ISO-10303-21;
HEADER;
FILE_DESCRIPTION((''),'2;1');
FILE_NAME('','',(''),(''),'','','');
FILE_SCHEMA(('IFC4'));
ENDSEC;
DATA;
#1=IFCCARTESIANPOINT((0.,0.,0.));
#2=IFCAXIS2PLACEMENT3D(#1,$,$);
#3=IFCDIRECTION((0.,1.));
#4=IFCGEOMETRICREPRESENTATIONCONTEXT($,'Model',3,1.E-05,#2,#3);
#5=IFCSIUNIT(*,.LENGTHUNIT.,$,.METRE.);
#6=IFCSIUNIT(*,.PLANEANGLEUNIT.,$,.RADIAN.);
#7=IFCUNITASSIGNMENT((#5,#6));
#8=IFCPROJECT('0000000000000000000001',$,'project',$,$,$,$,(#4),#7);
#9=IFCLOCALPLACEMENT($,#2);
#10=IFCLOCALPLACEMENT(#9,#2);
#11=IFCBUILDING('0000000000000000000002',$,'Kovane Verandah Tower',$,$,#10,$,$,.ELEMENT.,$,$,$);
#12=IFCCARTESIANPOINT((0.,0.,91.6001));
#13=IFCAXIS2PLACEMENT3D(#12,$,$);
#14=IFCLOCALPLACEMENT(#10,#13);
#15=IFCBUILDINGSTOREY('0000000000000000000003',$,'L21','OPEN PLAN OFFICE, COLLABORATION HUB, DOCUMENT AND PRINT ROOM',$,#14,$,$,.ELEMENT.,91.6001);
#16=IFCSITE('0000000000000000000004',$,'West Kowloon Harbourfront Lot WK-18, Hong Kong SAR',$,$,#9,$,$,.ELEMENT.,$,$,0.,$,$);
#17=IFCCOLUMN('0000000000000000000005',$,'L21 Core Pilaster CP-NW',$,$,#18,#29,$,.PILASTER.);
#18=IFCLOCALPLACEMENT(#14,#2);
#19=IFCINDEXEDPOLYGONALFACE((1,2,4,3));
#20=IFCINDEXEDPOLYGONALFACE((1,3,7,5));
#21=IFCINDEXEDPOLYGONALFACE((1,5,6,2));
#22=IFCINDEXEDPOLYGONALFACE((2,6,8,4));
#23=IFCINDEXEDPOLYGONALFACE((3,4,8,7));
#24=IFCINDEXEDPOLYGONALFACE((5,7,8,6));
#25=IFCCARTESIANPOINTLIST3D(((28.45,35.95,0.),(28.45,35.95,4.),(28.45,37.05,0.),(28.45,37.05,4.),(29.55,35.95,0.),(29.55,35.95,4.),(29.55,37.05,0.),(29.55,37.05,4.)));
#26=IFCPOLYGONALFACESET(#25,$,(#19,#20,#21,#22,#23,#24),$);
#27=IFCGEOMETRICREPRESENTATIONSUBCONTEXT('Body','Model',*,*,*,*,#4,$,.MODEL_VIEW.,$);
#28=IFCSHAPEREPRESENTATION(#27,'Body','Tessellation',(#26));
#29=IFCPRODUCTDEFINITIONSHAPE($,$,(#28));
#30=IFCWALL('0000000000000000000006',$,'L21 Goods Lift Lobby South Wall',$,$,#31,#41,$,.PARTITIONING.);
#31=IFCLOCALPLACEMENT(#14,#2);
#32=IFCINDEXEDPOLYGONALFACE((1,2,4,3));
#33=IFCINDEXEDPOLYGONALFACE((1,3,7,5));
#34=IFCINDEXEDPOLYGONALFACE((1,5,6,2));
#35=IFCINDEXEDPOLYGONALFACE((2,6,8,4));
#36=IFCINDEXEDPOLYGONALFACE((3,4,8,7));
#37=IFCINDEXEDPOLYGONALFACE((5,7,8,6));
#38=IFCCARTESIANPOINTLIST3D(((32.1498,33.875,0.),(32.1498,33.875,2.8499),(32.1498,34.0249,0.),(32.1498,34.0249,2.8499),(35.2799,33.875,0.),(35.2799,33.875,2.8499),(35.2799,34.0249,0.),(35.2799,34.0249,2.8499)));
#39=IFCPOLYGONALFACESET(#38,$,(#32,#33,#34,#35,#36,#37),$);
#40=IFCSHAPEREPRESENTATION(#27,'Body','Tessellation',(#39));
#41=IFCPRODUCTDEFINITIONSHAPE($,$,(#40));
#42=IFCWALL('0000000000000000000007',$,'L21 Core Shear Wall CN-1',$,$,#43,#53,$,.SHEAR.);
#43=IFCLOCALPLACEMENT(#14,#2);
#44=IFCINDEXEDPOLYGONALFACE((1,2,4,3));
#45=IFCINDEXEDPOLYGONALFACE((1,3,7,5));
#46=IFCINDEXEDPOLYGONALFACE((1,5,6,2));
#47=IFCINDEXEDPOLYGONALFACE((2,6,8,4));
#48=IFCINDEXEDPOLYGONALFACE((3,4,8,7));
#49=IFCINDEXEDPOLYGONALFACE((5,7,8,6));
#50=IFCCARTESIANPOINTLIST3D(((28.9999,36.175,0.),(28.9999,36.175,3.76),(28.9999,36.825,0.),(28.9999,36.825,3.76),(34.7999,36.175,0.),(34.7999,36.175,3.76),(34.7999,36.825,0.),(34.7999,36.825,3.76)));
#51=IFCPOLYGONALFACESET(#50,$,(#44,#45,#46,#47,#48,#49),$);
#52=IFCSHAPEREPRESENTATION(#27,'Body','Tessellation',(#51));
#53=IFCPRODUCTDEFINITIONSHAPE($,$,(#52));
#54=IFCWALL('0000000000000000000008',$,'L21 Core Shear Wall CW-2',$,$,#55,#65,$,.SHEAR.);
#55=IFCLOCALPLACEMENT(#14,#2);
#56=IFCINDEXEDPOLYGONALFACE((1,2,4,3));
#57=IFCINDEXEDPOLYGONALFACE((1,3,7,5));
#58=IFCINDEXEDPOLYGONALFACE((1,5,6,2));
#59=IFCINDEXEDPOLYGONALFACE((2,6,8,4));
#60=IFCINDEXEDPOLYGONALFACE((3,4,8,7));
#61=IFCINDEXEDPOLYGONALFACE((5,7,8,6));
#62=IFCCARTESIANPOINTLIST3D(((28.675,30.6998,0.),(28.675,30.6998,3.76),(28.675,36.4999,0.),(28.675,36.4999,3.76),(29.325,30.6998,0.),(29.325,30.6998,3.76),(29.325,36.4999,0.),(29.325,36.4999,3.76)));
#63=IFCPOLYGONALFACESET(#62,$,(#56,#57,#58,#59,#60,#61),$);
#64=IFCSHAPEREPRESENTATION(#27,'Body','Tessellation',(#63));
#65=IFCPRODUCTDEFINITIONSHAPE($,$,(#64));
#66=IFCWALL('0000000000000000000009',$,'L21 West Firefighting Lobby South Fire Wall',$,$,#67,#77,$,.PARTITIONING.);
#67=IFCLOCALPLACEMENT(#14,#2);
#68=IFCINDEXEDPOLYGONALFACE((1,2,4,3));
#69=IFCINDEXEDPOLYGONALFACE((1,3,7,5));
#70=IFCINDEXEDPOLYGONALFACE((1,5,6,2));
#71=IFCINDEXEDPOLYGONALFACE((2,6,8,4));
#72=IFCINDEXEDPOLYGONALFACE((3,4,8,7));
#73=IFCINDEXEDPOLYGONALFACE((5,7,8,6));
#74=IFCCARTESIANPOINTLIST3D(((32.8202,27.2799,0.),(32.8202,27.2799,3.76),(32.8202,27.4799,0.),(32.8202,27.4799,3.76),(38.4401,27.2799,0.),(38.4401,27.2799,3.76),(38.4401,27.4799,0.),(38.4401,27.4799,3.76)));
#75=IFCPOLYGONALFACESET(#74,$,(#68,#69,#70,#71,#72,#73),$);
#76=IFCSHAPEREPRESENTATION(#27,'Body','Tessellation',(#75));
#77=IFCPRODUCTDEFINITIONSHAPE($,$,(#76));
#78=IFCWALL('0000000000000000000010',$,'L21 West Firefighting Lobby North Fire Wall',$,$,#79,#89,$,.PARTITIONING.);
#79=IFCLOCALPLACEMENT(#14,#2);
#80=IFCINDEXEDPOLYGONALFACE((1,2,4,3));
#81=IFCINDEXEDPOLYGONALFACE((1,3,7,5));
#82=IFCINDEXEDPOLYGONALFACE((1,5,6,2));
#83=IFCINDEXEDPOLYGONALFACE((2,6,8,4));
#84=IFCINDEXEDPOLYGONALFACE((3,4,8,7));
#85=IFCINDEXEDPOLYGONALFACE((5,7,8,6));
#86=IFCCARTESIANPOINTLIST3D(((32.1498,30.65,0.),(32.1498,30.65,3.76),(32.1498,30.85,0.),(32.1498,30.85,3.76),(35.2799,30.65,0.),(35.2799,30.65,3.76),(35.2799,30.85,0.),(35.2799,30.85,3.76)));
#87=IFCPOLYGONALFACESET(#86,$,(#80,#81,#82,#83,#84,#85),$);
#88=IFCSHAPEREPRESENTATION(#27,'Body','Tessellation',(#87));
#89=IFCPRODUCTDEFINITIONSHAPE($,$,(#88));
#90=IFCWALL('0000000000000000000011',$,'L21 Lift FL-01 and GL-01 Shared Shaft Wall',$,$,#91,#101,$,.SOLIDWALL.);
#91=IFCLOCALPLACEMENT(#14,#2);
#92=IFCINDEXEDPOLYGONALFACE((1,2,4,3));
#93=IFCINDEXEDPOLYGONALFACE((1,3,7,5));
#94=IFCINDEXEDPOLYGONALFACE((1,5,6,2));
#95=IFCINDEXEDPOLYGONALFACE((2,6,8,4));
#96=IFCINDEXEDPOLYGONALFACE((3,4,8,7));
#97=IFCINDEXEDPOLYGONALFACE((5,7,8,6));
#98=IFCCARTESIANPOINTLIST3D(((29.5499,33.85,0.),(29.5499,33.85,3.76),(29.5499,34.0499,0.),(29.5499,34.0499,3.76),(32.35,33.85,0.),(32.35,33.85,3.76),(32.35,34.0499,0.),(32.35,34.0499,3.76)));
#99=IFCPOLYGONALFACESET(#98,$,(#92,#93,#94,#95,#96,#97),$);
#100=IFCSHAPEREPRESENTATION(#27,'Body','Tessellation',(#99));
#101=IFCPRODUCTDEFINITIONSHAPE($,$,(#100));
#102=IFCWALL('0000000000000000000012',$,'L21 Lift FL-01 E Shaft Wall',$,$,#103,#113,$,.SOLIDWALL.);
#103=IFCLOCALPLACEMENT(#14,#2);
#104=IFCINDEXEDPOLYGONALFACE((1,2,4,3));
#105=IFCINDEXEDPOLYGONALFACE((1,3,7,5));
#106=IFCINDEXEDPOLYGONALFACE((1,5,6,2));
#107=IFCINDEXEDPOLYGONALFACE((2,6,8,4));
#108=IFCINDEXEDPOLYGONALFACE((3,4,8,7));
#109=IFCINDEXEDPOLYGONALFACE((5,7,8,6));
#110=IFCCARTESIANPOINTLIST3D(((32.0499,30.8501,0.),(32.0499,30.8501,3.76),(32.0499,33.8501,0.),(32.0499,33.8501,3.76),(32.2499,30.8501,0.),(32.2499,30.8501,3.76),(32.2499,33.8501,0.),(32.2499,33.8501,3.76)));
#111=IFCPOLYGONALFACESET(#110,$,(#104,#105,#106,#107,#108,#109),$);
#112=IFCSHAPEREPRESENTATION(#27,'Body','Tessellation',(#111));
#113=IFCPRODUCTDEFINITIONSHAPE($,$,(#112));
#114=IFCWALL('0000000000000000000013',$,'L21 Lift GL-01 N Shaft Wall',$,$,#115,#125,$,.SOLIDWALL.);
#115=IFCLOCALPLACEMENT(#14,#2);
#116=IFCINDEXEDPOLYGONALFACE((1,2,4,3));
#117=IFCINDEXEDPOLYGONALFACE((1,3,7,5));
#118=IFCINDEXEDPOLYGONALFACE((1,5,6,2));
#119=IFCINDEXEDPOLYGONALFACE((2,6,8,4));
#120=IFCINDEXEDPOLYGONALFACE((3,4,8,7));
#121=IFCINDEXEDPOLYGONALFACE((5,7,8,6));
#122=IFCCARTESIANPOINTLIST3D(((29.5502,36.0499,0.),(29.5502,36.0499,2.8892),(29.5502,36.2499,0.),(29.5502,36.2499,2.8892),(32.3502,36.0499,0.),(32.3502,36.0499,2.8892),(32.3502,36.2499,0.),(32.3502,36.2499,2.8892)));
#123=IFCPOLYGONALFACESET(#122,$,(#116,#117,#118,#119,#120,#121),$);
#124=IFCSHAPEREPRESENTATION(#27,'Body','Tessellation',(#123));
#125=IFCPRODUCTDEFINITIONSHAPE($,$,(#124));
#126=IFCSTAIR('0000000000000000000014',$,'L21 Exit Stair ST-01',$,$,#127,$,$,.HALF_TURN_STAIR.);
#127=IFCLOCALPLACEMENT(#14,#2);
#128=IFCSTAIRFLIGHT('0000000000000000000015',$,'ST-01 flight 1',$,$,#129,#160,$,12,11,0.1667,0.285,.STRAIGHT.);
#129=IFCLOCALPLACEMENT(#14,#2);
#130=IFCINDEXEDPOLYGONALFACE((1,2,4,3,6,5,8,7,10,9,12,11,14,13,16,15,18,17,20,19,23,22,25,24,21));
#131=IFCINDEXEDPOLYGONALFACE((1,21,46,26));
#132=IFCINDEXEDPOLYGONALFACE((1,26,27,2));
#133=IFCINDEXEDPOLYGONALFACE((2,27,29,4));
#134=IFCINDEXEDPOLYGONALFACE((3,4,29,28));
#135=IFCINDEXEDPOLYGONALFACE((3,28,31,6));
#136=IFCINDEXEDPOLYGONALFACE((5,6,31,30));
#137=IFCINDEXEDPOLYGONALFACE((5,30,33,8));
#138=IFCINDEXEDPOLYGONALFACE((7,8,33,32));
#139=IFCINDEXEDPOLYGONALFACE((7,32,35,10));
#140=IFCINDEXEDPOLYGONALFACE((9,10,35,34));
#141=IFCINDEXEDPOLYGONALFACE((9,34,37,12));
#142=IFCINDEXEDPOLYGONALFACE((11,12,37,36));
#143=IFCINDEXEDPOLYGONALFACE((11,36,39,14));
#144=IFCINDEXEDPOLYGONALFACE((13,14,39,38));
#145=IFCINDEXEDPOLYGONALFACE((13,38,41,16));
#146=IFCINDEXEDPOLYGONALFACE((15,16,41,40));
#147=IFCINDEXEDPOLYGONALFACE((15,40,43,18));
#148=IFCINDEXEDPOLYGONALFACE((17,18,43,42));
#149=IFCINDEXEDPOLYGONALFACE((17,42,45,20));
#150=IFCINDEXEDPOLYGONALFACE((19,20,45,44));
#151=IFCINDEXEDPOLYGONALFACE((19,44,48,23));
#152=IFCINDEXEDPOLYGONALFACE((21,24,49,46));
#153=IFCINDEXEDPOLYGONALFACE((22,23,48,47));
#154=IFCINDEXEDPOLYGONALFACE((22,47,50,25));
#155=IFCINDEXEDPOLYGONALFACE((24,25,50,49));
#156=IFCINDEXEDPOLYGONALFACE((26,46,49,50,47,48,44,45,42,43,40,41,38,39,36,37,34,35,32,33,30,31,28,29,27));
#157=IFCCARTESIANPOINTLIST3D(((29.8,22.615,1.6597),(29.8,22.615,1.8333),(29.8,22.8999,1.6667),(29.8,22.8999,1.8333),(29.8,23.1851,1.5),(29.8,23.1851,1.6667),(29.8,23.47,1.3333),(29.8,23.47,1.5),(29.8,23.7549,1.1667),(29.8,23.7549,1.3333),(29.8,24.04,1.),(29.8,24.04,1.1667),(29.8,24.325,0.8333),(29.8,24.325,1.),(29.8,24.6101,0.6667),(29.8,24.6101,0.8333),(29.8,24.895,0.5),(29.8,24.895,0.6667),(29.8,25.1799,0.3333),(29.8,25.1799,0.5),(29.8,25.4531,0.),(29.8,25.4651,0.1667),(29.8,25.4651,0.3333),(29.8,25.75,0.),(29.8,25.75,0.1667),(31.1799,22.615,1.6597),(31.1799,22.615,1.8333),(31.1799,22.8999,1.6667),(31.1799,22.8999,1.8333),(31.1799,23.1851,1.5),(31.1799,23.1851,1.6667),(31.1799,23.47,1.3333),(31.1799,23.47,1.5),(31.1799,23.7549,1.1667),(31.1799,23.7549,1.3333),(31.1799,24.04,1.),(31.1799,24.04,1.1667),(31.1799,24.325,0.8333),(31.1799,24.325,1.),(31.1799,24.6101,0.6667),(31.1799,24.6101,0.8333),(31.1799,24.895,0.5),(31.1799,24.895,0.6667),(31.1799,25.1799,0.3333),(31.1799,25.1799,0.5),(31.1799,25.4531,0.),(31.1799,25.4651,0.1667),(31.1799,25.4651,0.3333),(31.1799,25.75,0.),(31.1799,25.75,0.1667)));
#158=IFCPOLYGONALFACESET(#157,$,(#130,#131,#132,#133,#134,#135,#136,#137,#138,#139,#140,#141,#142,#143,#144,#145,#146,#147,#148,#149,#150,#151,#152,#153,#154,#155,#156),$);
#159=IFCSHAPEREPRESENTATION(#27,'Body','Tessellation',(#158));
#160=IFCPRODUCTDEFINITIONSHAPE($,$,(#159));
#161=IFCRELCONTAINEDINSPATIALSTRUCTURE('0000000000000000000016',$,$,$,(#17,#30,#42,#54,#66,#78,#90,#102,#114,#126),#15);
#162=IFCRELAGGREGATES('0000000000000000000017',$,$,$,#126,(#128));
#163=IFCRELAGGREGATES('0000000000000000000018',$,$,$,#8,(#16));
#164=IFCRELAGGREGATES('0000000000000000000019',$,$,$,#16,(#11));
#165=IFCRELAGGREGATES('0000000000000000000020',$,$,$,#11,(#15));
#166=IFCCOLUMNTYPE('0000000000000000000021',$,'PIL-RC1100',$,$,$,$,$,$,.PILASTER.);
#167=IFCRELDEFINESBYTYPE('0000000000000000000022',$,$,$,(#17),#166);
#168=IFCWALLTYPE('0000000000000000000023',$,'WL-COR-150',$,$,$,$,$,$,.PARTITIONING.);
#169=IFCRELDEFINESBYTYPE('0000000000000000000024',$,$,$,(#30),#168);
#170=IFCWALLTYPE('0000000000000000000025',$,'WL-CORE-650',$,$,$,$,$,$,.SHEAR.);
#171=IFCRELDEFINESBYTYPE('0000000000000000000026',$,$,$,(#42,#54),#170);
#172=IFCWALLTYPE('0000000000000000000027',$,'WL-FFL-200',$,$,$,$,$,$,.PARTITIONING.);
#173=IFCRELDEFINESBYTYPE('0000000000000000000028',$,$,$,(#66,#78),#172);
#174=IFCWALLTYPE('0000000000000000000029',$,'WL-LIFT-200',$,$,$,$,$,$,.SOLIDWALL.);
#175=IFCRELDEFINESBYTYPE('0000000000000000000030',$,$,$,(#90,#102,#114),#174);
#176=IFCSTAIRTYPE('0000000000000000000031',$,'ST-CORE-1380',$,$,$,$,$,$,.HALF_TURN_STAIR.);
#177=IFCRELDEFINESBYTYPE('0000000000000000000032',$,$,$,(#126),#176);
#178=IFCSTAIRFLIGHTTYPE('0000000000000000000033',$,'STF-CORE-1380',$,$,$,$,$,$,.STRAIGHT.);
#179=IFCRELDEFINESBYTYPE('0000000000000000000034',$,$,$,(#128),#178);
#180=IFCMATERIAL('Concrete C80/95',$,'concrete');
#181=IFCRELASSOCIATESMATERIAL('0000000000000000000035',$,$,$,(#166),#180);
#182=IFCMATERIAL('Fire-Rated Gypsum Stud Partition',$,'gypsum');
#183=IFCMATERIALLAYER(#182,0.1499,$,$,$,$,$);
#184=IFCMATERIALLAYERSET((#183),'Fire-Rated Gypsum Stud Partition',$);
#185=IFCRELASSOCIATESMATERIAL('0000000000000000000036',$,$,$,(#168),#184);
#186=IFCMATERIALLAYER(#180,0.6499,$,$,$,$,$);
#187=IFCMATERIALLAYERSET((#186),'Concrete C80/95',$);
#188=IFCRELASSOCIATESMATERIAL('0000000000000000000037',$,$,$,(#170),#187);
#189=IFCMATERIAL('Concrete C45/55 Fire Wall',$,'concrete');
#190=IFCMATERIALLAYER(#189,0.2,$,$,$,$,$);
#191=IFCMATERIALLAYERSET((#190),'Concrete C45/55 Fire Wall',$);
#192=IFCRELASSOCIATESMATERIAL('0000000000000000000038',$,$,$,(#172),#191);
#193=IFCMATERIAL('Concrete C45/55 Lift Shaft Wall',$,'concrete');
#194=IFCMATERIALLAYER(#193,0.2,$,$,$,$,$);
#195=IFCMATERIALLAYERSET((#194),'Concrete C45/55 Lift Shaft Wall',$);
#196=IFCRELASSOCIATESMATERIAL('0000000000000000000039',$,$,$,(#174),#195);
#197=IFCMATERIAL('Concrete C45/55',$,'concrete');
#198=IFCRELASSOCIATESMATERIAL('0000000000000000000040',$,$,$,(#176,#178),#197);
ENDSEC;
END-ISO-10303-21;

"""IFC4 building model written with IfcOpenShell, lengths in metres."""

from ifc_helpers import new_model, si_unit, direction, frame, frame_2d, origin, origin_2d, place, context, subcontext, project, spatial, polyline, rectangle, outline, extrude, material, layer, layer_set, material_profile, profile_set, type_object, element, aggregate, save


model = new_model("IFC4")

# Units and contexts
model_context = context("Model", 3, precision=1e-05, world=origin(), true_north=direction((0.0, 1.0)))
body_context = subcontext(model_context, "Body", "Model", "MODEL_VIEW")
ifc_project = project(units=[si_unit("LENGTHUNIT", "METRE"), si_unit("PLANEANGLEUNIT", "RADIAN")], contexts=[model_context])

# Site, building, storey
site_placement = place(None, origin())
site = spatial("IfcSite", under=ifc_project, at=site_placement, Name="West Kowloon Harbourfront Lot WK-18, Hong Kong SAR", CompositionType="ELEMENT", RefElevation=0.0)
building_placement = place(site_placement, origin())
building = spatial("IfcBuilding", under=site, at=building_placement, Name="Kovane Verandah Tower", CompositionType="ELEMENT")
storey_placement = place(building_placement, frame((0.0, 0.0, 91.6001)))
storey = spatial("IfcBuildingStorey", under=building, at=storey_placement, Name="L21", Description="OPEN PLAN OFFICE, COLLABORATION HUB, DOCUMENT AND PRINT ROOM", CompositionType="ELEMENT", Elevation=91.6001)

# Column
ifc_material_1 = material(Name="Concrete C80/95", Category="concrete")
ifc_material_profile = material_profile(ifc_material_1, rectangle(XDim=1.1001, YDim=1.1001, at=origin_2d()), Name="RC1100x1100")
ifc_profile_set = profile_set([ifc_material_profile], Name="Concrete C80/95")
column_type = type_object("IfcColumnType", Name="PIL-RC1100", PredefinedType="PILASTER", material=ifc_profile_set)
column_placement = place(storey_placement, frame((29.0, 36.5, 0.0), z_axis=(0.0, 0.0, 1.0), x_axis=(1.0, 0.0, 0.0)))
element("IfcColumn", 1, at=column_placement, inside=storey, type_object=column_type, Name="L21 Core Pilaster CP-NW", PredefinedType="PILASTER", context=body_context, shape_type="SweptSolid", body=[
    extrude(rectangle(XDim=1.1001, YDim=1.1001, at=origin_2d()), origin(), (0.0, 0.0, 1.0), 4.0),
])

# Walls
ifc_material_2 = material(Name="Fire-Rated Gypsum Stud Partition", Category="gypsum")
ifc_layer_1 = layer(ifc_material_2, 0.1499)
ifc_layer_set_1 = layer_set([ifc_layer_1], Name="Fire-Rated Gypsum Stud Partition")
wall_type_1 = type_object("IfcWallType", Name="WL-COR-150", PredefinedType="PARTITIONING", material=ifc_layer_set_1)
wall_1_placement = place(storey_placement, frame((32.1499, 33.95, 0.0), z_axis=(0.0, 0.0, 1.0), x_axis=(1.0, 0.0, 0.0)))
element("IfcWall", 2, at=wall_1_placement, inside=storey, type_object=wall_type_1, Name="L21 Goods Lift Lobby South Wall", PredefinedType="PARTITIONING", context=body_context, shape_type="SweptSolid", body=[
    extrude(rectangle(XDim=3.1301, YDim=0.1499, at=frame_2d((1.5649, 0.0))), origin(), (0.0, 0.0, 1.0), 2.8499),
])
ifc_layer_2 = layer(ifc_material_1, 0.6499)
ifc_layer_set_2 = layer_set([ifc_layer_2], Name="Concrete C80/95")
wall_type_2 = type_object("IfcWallType", Name="WL-CORE-650", PredefinedType="SHEAR", material=ifc_layer_set_2)
for number, where, z_axis, x_axis, name in (
    (3, (29.0, 36.5, 0.0), (0.0, 0.0, 1.0), (1.0, 0.0, 0.0), "L21 Core Shear Wall CN-1"),
    (4, (29.0, 30.7, 0.0), (0.0, 0.0, 1.0), (0.0, 1.0, 0.0), "L21 Core Shear Wall CW-2"),
):
    element("IfcWall", number, at=place(storey_placement, frame(where, z_axis=z_axis, x_axis=x_axis)), inside=storey, type_object=wall_type_2, Name=name, PredefinedType="SHEAR", context=body_context, shape_type="SweptSolid", body=[
        extrude(rectangle(XDim=5.8, YDim=0.6499, at=frame_2d((2.8999, 0.0))), origin(), (0.0, 0.0, 1.0), 3.76),
    ])

# Shared definitions
ifc_material_3 = material(Name="Concrete C45/55 Fire Wall", Category="concrete")
ifc_layer_3 = layer(ifc_material_3, 0.2)
ifc_layer_set_3 = layer_set([ifc_layer_3], Name="Concrete C45/55 Fire Wall")
wall_type_3 = type_object("IfcWallType", Name="WL-FFL-200", PredefinedType="PARTITIONING", material=ifc_layer_set_3)

# Walls
wall_2_placement = place(storey_placement, frame((32.8201, 27.3799, 0.0), z_axis=(0.0, 0.0, 1.0), x_axis=(1.0, 0.0, 0.0)))
element("IfcWall", 5, at=wall_2_placement, inside=storey, type_object=wall_type_3, Name="L21 West Firefighting Lobby South Fire Wall", PredefinedType="PARTITIONING", context=body_context, shape_type="SweptSolid", body=[
    extrude(rectangle(XDim=5.6199, YDim=0.2, at=frame_2d((2.8101, 0.0))), origin(), (0.0, 0.0, 1.0), 3.76),
])
wall_3_placement = place(storey_placement, frame((32.1499, 30.75, 0.0), z_axis=(0.0, 0.0, 1.0), x_axis=(1.0, 0.0, 0.0)))
element("IfcWall", 6, at=wall_3_placement, inside=storey, type_object=wall_type_3, Name="L21 West Firefighting Lobby North Fire Wall", PredefinedType="PARTITIONING", context=body_context, shape_type="SweptSolid", body=[
    extrude(rectangle(XDim=3.1301, YDim=0.2, at=frame_2d((1.5649, 0.0))), origin(), (0.0, 0.0, 1.0), 3.76),
])

# Shared definitions
ifc_material_4 = material(Name="Concrete C45/55 Lift Shaft Wall", Category="concrete")
ifc_layer_4 = layer(ifc_material_4, 0.2)
ifc_layer_set_4 = layer_set([ifc_layer_4], Name="Concrete C45/55 Lift Shaft Wall")
wall_type_4 = type_object("IfcWallType", Name="WL-LIFT-200", PredefinedType="SOLIDWALL", material=ifc_layer_set_4)

# Walls
wall_4_placement = place(storey_placement, frame((29.55, 33.95, 0.0), z_axis=(0.0, 0.0, 1.0), x_axis=(1.0, 0.0, 0.0)))
element("IfcWall", 7, at=wall_4_placement, inside=storey, type_object=wall_type_4, Name="L21 Lift FL-01 and GL-01 Shared Shaft Wall", PredefinedType="SOLIDWALL", context=body_context, shape_type="SweptSolid", body=[
    extrude(rectangle(XDim=2.8, YDim=0.2, at=frame_2d((1.3999, 0.0))), origin(), (0.0, 0.0, 1.0), 3.76),
])
wall_5_placement = place(storey_placement, frame((32.1499, 30.8501, 0.0), z_axis=(0.0, 0.0, 1.0), x_axis=(0.0, 1.0, 0.0)))
element("IfcWall", 8, at=wall_5_placement, inside=storey, type_object=wall_type_4, Name="L21 Lift FL-01 E Shaft Wall", PredefinedType="SOLIDWALL", context=body_context, shape_type="SweptSolid", body=[
    extrude(rectangle(XDim=3.0, YDim=0.2, at=frame_2d((1.5, 0.0))), origin(), (0.0, 0.0, 1.0), 3.76),
])
wall_6_placement = place(storey_placement, frame((32.3501, 36.1499, 0.0), z_axis=(0.0, 0.0, 1.0), x_axis=(-1.0, 0.0, 0.0)))
element("IfcWall", 9, at=wall_6_placement, inside=storey, type_object=wall_type_4, Name="L21 Lift GL-01 N Shaft Wall", PredefinedType="SOLIDWALL", context=body_context, shape_type="SweptSolid", body=[
    extrude(rectangle(XDim=2.8, YDim=0.2, at=frame_2d((1.3999, 0.0))), origin(), (0.0, 0.0, 1.0), 2.8892),
])

# Shared definitions
ifc_material_5 = material(Name="Concrete C45/55", Category="concrete")

# Stair, stair flight
stair_type = type_object("IfcStairType", Name="ST-CORE-1380", PredefinedType="HALF_TURN_STAIR", material=ifc_material_5)
stair_placement = place(storey_placement, origin())
stair = element("IfcStair", 10, at=stair_placement, inside=storey, type_object=stair_type, Name="L21 Exit Stair ST-01", PredefinedType="HALF_TURN_STAIR")
stair_flight_type = type_object("IfcStairFlightType", Name="STF-CORE-1380", PredefinedType="STRAIGHT", material=ifc_material_5)
stair_flight_1_placement = place(storey_placement, frame((30.49, 25.75, 0.0), z_axis=(0.0, 0.0, 1.0), x_axis=(0.0, -1.0, 0.0)))
stair_flight_1 = element("IfcStairFlight", 11, at=stair_flight_1_placement, type_object=stair_flight_type, Name="ST-01 flight 1", NumberOfRisers=12, NumberOfTreads=11, PredefinedType="STRAIGHT", RiserHeight=0.1667, TreadLength=0.285, context=body_context, shape_type="SweptSolid", body=[
    extrude(outline(polyline([(0.0, 0.0), (0.0, 0.1667), (0.2849, 0.1667), (0.2849, 0.3333), (0.5701, 0.3333), (0.5701, 0.5), (0.855, 0.5), (0.855, 0.6667), (1.1399, 0.6667), (1.1399, 0.8333), (1.425, 0.8333), (1.425, 1.0), (1.71, 1.0), (1.71, 1.1667), (1.9951, 1.1667), (1.9951, 1.3333), (2.28, 1.3333), (2.28, 1.5), (2.5649, 1.5), (2.5649, 1.6667), (2.8501, 1.6667), (2.8501, 1.8333), (3.135, 1.8333), (3.135, 2.0), (3.135, 1.6597), (0.2969, 0.0), (0.0, 0.0)])), frame((0.0, 0.6899, 0.0), z_axis=(0.0, -1.0, 0.0), x_axis=(1.0, 0.0, 0.0)), (0.0, 0.0, 1.0), 1.3799),
])
aggregate(stair, [stair_flight_1])

save(model, "model.ifc")
